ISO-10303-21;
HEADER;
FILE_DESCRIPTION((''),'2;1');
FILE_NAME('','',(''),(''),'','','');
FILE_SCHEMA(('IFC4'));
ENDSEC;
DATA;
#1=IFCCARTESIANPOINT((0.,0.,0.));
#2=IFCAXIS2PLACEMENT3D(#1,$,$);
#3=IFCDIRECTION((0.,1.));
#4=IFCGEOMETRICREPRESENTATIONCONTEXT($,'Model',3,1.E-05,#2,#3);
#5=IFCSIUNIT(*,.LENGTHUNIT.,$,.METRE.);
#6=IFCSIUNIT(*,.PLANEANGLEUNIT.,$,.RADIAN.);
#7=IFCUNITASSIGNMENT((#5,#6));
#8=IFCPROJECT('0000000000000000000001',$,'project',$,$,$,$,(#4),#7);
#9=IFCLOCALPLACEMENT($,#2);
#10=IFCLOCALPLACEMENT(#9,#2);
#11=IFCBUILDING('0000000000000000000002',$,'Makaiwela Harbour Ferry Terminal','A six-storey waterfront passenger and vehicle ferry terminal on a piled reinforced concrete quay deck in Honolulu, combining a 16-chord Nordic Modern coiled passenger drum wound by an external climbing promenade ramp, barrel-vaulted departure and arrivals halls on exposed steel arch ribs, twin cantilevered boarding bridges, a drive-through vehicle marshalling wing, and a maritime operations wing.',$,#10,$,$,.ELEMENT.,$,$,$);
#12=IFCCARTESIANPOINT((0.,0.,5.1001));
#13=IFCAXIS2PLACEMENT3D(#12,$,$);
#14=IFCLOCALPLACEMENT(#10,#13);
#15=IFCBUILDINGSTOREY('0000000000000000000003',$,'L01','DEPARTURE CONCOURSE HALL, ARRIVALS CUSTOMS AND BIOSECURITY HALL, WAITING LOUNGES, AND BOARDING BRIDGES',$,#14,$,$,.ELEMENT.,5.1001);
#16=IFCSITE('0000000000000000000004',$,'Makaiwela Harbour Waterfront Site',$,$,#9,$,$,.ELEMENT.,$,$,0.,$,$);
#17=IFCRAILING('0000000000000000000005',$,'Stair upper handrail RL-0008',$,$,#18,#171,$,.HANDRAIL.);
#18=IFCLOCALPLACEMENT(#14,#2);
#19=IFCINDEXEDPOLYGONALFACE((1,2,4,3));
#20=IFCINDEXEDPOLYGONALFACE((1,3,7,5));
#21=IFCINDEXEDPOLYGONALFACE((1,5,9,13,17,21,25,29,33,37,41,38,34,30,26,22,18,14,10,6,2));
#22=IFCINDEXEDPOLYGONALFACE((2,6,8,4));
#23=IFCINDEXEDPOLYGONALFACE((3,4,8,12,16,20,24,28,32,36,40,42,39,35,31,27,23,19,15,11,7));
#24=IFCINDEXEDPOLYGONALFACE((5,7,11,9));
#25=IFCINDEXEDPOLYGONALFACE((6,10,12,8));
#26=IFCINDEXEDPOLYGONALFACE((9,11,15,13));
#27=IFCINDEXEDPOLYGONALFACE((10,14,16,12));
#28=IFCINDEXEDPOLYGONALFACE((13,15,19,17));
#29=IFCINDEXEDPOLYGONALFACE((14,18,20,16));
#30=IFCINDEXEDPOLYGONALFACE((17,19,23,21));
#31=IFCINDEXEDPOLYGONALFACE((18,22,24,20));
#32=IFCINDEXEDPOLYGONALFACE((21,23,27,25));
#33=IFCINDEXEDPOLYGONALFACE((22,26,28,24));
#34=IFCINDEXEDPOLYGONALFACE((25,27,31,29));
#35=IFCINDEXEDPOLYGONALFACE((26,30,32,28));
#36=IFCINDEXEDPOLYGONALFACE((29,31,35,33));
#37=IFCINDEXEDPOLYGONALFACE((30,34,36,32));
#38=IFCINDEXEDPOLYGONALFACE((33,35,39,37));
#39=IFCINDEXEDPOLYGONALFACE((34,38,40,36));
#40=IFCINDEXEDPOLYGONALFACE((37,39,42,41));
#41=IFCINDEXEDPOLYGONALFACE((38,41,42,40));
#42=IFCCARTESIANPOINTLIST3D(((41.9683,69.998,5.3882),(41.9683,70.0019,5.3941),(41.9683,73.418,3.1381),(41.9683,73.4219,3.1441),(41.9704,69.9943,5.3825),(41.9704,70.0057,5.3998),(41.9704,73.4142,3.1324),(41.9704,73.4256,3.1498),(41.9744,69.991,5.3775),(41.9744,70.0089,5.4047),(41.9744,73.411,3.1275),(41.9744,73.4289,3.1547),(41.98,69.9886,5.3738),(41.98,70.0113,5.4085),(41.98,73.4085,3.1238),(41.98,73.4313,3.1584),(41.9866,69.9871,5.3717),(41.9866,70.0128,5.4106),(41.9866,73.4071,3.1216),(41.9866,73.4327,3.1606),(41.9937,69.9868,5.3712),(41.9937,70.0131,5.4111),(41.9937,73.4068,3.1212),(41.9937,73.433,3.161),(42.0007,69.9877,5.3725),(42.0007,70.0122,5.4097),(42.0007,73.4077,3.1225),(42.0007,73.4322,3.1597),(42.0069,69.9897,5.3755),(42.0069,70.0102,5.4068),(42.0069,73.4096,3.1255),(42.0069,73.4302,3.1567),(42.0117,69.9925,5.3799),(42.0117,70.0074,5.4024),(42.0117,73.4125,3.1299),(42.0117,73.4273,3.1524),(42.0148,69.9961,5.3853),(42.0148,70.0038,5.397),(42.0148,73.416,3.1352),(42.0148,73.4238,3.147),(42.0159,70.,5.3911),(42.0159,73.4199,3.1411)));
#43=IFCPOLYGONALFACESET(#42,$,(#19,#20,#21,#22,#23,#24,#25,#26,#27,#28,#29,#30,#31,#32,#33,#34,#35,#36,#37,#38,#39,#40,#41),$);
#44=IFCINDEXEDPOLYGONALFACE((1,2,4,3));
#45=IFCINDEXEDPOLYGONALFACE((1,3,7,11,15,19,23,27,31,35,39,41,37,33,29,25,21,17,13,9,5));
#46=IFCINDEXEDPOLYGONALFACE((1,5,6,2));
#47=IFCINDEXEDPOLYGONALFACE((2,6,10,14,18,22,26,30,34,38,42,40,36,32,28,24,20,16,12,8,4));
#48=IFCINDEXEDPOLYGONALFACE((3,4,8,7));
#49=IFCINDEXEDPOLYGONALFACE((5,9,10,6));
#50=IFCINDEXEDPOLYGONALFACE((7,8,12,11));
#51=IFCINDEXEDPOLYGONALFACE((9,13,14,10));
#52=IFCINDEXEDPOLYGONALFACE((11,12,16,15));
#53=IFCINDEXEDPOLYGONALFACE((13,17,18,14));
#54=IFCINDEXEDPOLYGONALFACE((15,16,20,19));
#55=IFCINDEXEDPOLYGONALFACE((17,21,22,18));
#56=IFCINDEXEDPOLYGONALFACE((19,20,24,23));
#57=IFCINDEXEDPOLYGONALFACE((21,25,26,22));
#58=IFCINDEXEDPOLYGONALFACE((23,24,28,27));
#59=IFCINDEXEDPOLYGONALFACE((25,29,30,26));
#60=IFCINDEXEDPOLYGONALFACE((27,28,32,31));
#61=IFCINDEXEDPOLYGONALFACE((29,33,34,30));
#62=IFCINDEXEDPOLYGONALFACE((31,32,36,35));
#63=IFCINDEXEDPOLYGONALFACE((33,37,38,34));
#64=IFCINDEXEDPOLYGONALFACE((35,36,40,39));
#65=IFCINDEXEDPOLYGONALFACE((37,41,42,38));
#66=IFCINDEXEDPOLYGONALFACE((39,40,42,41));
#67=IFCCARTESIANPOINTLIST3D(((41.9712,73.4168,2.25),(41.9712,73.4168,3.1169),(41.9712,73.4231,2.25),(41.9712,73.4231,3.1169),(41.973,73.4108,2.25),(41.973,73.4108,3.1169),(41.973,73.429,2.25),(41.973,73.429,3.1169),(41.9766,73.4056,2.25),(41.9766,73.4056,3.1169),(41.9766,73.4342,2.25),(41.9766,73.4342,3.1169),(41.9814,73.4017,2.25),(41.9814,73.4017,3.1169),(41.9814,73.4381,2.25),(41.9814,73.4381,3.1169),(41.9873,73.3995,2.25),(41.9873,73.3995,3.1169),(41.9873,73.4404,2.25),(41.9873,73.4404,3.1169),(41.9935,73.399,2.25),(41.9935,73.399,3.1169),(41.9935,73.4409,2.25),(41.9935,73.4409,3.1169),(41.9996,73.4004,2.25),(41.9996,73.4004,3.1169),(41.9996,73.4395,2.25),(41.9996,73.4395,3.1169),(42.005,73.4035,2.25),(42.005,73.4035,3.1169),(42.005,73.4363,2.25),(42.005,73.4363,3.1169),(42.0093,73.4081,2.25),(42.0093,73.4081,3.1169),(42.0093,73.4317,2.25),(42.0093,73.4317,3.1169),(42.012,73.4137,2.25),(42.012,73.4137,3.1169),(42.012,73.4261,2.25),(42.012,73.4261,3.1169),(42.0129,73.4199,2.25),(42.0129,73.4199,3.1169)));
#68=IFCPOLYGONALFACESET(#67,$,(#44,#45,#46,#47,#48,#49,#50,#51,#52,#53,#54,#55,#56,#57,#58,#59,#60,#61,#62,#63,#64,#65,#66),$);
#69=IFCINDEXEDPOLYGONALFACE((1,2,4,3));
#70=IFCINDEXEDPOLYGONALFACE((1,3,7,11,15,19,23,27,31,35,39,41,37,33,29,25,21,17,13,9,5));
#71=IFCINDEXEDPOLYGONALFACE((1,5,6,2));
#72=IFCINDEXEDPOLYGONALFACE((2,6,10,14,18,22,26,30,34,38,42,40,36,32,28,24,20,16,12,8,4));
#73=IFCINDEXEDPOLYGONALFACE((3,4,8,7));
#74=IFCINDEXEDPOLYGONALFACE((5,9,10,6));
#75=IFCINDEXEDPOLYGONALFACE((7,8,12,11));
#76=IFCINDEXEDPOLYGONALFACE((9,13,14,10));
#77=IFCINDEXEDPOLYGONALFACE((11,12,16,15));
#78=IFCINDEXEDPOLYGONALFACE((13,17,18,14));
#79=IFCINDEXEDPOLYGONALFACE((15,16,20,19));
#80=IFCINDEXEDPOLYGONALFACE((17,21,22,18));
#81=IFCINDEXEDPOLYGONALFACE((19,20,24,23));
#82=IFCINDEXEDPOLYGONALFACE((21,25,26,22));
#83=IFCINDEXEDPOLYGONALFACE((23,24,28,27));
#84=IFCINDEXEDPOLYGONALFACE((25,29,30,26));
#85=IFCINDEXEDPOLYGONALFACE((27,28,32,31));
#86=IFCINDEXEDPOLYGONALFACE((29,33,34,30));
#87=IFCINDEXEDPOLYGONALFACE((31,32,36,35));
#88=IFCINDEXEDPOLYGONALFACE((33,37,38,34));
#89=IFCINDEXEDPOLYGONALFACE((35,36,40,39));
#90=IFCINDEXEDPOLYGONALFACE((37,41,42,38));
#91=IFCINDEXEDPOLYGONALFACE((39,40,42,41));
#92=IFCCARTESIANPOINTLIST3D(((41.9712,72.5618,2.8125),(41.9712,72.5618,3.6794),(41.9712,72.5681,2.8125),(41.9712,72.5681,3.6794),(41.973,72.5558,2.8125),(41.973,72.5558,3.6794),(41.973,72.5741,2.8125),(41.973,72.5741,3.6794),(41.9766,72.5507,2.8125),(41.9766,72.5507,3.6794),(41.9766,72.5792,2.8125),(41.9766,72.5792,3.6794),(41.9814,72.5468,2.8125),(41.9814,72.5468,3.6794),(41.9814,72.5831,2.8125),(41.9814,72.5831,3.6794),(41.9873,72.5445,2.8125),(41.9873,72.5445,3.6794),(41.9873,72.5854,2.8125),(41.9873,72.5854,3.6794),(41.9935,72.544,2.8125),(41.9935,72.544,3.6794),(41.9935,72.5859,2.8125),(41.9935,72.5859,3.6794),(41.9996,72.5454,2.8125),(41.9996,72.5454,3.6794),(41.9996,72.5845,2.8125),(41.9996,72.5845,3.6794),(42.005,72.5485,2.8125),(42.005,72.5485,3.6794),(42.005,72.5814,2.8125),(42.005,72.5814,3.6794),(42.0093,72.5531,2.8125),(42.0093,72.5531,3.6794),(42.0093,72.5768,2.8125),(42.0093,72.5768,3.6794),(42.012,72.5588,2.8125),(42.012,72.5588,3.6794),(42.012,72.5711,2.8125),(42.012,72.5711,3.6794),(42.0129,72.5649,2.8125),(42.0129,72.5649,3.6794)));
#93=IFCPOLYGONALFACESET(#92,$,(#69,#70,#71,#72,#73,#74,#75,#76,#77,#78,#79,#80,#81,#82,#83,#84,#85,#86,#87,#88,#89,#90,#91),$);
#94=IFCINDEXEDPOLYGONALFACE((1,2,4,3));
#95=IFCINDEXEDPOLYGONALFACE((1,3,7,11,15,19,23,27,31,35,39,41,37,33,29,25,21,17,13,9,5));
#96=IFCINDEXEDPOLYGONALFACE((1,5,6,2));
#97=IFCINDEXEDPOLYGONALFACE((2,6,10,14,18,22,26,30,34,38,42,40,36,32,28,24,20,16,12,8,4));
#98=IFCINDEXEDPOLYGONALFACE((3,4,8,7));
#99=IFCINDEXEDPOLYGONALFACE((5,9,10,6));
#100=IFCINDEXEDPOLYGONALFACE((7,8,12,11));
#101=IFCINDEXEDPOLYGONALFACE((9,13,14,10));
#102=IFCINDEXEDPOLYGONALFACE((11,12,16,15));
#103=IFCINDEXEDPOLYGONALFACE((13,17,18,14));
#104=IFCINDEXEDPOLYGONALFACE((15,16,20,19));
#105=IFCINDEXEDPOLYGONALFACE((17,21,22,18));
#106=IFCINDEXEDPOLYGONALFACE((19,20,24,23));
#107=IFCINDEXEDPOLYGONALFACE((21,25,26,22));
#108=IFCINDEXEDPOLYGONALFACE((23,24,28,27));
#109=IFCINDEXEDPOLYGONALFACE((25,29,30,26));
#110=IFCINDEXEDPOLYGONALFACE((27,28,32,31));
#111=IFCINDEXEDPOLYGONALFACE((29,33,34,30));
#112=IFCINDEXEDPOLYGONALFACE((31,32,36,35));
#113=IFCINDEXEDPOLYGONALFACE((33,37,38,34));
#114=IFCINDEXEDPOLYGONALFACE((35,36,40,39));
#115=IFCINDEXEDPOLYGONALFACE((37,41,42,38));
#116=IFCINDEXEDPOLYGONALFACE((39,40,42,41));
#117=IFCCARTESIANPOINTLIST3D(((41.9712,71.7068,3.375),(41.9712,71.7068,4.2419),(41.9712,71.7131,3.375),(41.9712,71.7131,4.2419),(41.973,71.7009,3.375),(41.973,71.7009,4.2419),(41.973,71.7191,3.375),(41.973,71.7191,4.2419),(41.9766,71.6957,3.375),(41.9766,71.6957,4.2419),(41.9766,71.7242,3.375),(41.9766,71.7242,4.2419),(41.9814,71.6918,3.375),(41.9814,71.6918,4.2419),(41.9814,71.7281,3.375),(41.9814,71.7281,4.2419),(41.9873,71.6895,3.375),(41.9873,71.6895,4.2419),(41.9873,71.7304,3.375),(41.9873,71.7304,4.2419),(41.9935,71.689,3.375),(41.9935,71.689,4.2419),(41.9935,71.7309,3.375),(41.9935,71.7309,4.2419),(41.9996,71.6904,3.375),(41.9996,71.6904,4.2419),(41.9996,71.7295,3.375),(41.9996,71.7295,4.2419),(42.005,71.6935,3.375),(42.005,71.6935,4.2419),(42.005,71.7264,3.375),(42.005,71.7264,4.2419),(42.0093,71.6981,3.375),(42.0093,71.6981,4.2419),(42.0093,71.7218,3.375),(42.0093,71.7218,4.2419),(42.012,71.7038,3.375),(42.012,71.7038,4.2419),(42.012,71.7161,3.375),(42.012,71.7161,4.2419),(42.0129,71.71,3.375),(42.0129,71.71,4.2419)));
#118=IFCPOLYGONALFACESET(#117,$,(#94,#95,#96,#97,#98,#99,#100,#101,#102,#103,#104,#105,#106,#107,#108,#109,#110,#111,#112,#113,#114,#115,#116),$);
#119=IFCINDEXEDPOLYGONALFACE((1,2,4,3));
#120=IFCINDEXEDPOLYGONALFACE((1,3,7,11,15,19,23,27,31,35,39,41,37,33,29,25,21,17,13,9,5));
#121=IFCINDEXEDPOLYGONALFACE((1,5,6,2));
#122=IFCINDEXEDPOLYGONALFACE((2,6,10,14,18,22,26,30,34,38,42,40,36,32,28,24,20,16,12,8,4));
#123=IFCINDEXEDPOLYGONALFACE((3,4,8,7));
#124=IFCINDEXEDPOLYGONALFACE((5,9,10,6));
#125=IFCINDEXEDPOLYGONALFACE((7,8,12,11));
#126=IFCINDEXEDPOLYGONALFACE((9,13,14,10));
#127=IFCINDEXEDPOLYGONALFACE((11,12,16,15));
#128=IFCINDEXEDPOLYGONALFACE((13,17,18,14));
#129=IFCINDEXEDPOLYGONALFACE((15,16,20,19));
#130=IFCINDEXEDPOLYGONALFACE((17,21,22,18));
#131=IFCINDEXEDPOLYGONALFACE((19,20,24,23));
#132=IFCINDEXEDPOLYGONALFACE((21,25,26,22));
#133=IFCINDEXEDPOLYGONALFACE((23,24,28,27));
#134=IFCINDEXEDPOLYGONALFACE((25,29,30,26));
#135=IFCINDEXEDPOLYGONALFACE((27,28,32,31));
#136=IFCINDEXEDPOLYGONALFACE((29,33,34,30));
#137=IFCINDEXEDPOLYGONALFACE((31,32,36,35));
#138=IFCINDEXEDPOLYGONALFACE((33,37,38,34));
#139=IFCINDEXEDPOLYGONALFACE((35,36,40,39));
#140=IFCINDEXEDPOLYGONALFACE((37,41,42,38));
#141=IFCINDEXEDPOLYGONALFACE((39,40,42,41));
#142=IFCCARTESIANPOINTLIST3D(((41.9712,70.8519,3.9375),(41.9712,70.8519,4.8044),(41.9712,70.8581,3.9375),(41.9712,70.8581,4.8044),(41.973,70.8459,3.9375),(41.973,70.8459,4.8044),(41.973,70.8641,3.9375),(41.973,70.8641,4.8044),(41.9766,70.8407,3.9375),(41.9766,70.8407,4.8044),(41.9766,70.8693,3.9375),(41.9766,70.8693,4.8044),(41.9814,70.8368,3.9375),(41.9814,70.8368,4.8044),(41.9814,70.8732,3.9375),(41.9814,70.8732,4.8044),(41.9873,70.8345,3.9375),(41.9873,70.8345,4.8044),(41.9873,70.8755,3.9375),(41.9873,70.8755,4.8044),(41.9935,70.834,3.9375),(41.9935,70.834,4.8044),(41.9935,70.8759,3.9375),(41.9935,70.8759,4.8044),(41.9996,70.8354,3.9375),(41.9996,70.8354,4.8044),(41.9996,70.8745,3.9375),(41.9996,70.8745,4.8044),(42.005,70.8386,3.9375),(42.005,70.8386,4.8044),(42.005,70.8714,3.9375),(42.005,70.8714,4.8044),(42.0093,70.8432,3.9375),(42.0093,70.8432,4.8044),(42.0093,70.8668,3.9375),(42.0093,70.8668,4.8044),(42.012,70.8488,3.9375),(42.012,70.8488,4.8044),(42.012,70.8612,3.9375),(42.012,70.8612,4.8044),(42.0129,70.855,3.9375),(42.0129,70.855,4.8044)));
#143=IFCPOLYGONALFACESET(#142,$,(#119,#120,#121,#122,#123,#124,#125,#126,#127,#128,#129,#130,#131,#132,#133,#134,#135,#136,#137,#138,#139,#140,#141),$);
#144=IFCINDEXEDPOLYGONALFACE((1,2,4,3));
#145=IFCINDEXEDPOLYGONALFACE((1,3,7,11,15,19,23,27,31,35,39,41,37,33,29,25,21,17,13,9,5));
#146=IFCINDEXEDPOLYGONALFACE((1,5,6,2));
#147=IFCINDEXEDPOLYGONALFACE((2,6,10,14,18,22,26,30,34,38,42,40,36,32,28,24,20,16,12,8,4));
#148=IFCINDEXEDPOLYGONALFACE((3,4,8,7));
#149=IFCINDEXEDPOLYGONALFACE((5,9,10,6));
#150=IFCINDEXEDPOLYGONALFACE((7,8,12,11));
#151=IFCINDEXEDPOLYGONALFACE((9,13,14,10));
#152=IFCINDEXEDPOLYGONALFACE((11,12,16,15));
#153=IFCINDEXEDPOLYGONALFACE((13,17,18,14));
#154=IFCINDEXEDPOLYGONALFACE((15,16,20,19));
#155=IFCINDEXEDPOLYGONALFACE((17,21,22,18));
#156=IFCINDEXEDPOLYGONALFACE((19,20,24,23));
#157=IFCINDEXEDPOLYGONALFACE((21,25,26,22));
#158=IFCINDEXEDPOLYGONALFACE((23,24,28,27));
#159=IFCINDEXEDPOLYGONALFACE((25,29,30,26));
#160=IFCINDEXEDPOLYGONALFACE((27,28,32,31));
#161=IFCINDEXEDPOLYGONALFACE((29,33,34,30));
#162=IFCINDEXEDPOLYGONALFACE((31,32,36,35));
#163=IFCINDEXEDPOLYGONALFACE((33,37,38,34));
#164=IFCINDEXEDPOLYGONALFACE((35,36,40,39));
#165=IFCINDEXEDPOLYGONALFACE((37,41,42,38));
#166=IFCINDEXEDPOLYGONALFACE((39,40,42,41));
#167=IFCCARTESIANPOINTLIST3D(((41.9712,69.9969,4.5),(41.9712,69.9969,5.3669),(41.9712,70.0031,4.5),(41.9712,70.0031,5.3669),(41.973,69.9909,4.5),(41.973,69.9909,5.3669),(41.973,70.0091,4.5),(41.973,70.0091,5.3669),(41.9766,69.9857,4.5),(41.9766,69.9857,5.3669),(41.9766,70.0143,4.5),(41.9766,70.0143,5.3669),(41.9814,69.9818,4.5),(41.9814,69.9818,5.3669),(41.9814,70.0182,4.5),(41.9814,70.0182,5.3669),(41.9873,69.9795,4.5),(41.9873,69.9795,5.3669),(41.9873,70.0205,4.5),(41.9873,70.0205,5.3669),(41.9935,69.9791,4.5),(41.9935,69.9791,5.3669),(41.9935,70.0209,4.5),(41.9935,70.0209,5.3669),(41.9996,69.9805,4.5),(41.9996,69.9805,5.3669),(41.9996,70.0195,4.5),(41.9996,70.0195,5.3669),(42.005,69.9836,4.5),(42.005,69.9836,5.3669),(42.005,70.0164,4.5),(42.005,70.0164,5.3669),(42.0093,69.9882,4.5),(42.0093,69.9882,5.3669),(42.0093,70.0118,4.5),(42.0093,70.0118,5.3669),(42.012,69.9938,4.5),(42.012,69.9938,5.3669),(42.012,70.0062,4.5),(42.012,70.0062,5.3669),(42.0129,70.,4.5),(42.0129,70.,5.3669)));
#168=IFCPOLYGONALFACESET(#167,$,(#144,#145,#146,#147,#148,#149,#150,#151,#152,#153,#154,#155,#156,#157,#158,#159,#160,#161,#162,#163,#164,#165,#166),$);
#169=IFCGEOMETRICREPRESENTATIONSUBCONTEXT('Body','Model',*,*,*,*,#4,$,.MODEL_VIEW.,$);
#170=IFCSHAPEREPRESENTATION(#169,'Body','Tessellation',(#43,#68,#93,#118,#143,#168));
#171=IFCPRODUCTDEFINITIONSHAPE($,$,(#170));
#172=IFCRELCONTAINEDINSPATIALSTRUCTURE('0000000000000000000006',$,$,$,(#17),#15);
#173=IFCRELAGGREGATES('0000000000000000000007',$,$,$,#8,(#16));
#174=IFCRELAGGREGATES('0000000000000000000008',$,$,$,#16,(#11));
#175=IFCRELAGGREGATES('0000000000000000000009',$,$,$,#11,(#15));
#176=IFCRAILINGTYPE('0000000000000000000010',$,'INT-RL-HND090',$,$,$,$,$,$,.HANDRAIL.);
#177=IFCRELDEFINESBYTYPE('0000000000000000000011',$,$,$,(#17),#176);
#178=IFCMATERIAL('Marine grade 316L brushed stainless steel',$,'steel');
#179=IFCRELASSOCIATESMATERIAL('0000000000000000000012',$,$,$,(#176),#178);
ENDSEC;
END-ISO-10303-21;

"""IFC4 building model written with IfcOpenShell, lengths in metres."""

from ifc_helpers import new_model, si_unit, direction, frame, origin, origin_2d, place, context, subcontext, project, spatial, circle, extrude, material, type_object, element, save


model = new_model("IFC4")

# Units and contexts
model_context = context("Model", 3, precision=1e-05, world=origin(), true_north=direction((0.0, 1.0)))
body_context = subcontext(model_context, "Body", "Model", "MODEL_VIEW")
ifc_project = project(units=[si_unit("LENGTHUNIT", "METRE"), si_unit("PLANEANGLEUNIT", "RADIAN")], contexts=[model_context])

# Site, building, storey
site_placement = place(None, origin())
site = spatial("IfcSite", under=ifc_project, at=site_placement, Name="Makaiwela Harbour Waterfront Site", CompositionType="ELEMENT", RefElevation=0.0)
building_placement = place(site_placement, origin())
building = spatial("IfcBuilding", under=site, at=building_placement, Name="Makaiwela Harbour Ferry Terminal", Description="A six-storey waterfront passenger and vehicle ferry terminal on a piled reinforced concrete quay deck in Honolulu, combining a 16-chord Nordic Modern coiled passenger drum wound by an external climbing promenade ramp, barrel-vaulted departure and arrivals halls on exposed steel arch ribs, twin cantilevered boarding bridges, a drive-through vehicle marshalling wing, and a maritime operations wing.", CompositionType="ELEMENT")
storey_placement = place(building_placement, frame((0.0, 0.0, 5.1001)))
storey = spatial("IfcBuildingStorey", under=building, at=storey_placement, Name="L01", Description="DEPARTURE CONCOURSE HALL, ARRIVALS CUSTOMS AND BIOSECURITY HALL, WAITING LOUNGES, AND BOARDING BRIDGES", CompositionType="ELEMENT", Elevation=5.1001)

# Shared definitions
ifc_material_1 = material(Name="Marine grade 316L brushed stainless steel", Category="steel")

# Railing
railing_type = type_object("IfcRailingType", Name="INT-RL-HND090", PredefinedType="HANDRAIL", material=ifc_material_1)
for number, where, name in (
    (1, (41.9919, 73.4199, 2.25), "Stair upper handrail RL-0008"),
):
    element("IfcRailing", number, at=place(storey_placement, frame(where)), inside=storey, type_object=railing_type, Name=name, PredefinedType="HANDRAIL", context=body_context, shape_type="SweptSolid", body=[
        extrude(circle(Radius=0.0239, at=origin_2d()), frame((0.0, 0.0, 0.8911), z_axis=(0.0, -0.835411, 0.549625), x_axis=(1.0, 0.0, 0.0)), (0.0, 0.0, 1.0), 4.0938),
        extrude(circle(Radius=0.021, at=origin_2d()), origin(), (0.0, 0.0, 1.0), 0.8669),
        extrude(circle(Radius=0.021, at=origin_2d()), frame((0.0, -0.855, 0.5625)), (0.0, 0.0, 1.0), 0.8669),
        extrude(circle(Radius=0.021, at=origin_2d()), frame((0.0, -1.71, 1.125)), (0.0, 0.0, 1.0), 0.8669),
        extrude(circle(Radius=0.021, at=origin_2d()), frame((0.0, -2.5649, 1.6875)), (0.0, 0.0, 1.0), 0.8669),
        extrude(circle(Radius=0.021, at=origin_2d()), frame((0.0, -3.4199, 2.25)), (0.0, 0.0, 1.0), 0.8669),
    ])

save(model, "model.ifc")
